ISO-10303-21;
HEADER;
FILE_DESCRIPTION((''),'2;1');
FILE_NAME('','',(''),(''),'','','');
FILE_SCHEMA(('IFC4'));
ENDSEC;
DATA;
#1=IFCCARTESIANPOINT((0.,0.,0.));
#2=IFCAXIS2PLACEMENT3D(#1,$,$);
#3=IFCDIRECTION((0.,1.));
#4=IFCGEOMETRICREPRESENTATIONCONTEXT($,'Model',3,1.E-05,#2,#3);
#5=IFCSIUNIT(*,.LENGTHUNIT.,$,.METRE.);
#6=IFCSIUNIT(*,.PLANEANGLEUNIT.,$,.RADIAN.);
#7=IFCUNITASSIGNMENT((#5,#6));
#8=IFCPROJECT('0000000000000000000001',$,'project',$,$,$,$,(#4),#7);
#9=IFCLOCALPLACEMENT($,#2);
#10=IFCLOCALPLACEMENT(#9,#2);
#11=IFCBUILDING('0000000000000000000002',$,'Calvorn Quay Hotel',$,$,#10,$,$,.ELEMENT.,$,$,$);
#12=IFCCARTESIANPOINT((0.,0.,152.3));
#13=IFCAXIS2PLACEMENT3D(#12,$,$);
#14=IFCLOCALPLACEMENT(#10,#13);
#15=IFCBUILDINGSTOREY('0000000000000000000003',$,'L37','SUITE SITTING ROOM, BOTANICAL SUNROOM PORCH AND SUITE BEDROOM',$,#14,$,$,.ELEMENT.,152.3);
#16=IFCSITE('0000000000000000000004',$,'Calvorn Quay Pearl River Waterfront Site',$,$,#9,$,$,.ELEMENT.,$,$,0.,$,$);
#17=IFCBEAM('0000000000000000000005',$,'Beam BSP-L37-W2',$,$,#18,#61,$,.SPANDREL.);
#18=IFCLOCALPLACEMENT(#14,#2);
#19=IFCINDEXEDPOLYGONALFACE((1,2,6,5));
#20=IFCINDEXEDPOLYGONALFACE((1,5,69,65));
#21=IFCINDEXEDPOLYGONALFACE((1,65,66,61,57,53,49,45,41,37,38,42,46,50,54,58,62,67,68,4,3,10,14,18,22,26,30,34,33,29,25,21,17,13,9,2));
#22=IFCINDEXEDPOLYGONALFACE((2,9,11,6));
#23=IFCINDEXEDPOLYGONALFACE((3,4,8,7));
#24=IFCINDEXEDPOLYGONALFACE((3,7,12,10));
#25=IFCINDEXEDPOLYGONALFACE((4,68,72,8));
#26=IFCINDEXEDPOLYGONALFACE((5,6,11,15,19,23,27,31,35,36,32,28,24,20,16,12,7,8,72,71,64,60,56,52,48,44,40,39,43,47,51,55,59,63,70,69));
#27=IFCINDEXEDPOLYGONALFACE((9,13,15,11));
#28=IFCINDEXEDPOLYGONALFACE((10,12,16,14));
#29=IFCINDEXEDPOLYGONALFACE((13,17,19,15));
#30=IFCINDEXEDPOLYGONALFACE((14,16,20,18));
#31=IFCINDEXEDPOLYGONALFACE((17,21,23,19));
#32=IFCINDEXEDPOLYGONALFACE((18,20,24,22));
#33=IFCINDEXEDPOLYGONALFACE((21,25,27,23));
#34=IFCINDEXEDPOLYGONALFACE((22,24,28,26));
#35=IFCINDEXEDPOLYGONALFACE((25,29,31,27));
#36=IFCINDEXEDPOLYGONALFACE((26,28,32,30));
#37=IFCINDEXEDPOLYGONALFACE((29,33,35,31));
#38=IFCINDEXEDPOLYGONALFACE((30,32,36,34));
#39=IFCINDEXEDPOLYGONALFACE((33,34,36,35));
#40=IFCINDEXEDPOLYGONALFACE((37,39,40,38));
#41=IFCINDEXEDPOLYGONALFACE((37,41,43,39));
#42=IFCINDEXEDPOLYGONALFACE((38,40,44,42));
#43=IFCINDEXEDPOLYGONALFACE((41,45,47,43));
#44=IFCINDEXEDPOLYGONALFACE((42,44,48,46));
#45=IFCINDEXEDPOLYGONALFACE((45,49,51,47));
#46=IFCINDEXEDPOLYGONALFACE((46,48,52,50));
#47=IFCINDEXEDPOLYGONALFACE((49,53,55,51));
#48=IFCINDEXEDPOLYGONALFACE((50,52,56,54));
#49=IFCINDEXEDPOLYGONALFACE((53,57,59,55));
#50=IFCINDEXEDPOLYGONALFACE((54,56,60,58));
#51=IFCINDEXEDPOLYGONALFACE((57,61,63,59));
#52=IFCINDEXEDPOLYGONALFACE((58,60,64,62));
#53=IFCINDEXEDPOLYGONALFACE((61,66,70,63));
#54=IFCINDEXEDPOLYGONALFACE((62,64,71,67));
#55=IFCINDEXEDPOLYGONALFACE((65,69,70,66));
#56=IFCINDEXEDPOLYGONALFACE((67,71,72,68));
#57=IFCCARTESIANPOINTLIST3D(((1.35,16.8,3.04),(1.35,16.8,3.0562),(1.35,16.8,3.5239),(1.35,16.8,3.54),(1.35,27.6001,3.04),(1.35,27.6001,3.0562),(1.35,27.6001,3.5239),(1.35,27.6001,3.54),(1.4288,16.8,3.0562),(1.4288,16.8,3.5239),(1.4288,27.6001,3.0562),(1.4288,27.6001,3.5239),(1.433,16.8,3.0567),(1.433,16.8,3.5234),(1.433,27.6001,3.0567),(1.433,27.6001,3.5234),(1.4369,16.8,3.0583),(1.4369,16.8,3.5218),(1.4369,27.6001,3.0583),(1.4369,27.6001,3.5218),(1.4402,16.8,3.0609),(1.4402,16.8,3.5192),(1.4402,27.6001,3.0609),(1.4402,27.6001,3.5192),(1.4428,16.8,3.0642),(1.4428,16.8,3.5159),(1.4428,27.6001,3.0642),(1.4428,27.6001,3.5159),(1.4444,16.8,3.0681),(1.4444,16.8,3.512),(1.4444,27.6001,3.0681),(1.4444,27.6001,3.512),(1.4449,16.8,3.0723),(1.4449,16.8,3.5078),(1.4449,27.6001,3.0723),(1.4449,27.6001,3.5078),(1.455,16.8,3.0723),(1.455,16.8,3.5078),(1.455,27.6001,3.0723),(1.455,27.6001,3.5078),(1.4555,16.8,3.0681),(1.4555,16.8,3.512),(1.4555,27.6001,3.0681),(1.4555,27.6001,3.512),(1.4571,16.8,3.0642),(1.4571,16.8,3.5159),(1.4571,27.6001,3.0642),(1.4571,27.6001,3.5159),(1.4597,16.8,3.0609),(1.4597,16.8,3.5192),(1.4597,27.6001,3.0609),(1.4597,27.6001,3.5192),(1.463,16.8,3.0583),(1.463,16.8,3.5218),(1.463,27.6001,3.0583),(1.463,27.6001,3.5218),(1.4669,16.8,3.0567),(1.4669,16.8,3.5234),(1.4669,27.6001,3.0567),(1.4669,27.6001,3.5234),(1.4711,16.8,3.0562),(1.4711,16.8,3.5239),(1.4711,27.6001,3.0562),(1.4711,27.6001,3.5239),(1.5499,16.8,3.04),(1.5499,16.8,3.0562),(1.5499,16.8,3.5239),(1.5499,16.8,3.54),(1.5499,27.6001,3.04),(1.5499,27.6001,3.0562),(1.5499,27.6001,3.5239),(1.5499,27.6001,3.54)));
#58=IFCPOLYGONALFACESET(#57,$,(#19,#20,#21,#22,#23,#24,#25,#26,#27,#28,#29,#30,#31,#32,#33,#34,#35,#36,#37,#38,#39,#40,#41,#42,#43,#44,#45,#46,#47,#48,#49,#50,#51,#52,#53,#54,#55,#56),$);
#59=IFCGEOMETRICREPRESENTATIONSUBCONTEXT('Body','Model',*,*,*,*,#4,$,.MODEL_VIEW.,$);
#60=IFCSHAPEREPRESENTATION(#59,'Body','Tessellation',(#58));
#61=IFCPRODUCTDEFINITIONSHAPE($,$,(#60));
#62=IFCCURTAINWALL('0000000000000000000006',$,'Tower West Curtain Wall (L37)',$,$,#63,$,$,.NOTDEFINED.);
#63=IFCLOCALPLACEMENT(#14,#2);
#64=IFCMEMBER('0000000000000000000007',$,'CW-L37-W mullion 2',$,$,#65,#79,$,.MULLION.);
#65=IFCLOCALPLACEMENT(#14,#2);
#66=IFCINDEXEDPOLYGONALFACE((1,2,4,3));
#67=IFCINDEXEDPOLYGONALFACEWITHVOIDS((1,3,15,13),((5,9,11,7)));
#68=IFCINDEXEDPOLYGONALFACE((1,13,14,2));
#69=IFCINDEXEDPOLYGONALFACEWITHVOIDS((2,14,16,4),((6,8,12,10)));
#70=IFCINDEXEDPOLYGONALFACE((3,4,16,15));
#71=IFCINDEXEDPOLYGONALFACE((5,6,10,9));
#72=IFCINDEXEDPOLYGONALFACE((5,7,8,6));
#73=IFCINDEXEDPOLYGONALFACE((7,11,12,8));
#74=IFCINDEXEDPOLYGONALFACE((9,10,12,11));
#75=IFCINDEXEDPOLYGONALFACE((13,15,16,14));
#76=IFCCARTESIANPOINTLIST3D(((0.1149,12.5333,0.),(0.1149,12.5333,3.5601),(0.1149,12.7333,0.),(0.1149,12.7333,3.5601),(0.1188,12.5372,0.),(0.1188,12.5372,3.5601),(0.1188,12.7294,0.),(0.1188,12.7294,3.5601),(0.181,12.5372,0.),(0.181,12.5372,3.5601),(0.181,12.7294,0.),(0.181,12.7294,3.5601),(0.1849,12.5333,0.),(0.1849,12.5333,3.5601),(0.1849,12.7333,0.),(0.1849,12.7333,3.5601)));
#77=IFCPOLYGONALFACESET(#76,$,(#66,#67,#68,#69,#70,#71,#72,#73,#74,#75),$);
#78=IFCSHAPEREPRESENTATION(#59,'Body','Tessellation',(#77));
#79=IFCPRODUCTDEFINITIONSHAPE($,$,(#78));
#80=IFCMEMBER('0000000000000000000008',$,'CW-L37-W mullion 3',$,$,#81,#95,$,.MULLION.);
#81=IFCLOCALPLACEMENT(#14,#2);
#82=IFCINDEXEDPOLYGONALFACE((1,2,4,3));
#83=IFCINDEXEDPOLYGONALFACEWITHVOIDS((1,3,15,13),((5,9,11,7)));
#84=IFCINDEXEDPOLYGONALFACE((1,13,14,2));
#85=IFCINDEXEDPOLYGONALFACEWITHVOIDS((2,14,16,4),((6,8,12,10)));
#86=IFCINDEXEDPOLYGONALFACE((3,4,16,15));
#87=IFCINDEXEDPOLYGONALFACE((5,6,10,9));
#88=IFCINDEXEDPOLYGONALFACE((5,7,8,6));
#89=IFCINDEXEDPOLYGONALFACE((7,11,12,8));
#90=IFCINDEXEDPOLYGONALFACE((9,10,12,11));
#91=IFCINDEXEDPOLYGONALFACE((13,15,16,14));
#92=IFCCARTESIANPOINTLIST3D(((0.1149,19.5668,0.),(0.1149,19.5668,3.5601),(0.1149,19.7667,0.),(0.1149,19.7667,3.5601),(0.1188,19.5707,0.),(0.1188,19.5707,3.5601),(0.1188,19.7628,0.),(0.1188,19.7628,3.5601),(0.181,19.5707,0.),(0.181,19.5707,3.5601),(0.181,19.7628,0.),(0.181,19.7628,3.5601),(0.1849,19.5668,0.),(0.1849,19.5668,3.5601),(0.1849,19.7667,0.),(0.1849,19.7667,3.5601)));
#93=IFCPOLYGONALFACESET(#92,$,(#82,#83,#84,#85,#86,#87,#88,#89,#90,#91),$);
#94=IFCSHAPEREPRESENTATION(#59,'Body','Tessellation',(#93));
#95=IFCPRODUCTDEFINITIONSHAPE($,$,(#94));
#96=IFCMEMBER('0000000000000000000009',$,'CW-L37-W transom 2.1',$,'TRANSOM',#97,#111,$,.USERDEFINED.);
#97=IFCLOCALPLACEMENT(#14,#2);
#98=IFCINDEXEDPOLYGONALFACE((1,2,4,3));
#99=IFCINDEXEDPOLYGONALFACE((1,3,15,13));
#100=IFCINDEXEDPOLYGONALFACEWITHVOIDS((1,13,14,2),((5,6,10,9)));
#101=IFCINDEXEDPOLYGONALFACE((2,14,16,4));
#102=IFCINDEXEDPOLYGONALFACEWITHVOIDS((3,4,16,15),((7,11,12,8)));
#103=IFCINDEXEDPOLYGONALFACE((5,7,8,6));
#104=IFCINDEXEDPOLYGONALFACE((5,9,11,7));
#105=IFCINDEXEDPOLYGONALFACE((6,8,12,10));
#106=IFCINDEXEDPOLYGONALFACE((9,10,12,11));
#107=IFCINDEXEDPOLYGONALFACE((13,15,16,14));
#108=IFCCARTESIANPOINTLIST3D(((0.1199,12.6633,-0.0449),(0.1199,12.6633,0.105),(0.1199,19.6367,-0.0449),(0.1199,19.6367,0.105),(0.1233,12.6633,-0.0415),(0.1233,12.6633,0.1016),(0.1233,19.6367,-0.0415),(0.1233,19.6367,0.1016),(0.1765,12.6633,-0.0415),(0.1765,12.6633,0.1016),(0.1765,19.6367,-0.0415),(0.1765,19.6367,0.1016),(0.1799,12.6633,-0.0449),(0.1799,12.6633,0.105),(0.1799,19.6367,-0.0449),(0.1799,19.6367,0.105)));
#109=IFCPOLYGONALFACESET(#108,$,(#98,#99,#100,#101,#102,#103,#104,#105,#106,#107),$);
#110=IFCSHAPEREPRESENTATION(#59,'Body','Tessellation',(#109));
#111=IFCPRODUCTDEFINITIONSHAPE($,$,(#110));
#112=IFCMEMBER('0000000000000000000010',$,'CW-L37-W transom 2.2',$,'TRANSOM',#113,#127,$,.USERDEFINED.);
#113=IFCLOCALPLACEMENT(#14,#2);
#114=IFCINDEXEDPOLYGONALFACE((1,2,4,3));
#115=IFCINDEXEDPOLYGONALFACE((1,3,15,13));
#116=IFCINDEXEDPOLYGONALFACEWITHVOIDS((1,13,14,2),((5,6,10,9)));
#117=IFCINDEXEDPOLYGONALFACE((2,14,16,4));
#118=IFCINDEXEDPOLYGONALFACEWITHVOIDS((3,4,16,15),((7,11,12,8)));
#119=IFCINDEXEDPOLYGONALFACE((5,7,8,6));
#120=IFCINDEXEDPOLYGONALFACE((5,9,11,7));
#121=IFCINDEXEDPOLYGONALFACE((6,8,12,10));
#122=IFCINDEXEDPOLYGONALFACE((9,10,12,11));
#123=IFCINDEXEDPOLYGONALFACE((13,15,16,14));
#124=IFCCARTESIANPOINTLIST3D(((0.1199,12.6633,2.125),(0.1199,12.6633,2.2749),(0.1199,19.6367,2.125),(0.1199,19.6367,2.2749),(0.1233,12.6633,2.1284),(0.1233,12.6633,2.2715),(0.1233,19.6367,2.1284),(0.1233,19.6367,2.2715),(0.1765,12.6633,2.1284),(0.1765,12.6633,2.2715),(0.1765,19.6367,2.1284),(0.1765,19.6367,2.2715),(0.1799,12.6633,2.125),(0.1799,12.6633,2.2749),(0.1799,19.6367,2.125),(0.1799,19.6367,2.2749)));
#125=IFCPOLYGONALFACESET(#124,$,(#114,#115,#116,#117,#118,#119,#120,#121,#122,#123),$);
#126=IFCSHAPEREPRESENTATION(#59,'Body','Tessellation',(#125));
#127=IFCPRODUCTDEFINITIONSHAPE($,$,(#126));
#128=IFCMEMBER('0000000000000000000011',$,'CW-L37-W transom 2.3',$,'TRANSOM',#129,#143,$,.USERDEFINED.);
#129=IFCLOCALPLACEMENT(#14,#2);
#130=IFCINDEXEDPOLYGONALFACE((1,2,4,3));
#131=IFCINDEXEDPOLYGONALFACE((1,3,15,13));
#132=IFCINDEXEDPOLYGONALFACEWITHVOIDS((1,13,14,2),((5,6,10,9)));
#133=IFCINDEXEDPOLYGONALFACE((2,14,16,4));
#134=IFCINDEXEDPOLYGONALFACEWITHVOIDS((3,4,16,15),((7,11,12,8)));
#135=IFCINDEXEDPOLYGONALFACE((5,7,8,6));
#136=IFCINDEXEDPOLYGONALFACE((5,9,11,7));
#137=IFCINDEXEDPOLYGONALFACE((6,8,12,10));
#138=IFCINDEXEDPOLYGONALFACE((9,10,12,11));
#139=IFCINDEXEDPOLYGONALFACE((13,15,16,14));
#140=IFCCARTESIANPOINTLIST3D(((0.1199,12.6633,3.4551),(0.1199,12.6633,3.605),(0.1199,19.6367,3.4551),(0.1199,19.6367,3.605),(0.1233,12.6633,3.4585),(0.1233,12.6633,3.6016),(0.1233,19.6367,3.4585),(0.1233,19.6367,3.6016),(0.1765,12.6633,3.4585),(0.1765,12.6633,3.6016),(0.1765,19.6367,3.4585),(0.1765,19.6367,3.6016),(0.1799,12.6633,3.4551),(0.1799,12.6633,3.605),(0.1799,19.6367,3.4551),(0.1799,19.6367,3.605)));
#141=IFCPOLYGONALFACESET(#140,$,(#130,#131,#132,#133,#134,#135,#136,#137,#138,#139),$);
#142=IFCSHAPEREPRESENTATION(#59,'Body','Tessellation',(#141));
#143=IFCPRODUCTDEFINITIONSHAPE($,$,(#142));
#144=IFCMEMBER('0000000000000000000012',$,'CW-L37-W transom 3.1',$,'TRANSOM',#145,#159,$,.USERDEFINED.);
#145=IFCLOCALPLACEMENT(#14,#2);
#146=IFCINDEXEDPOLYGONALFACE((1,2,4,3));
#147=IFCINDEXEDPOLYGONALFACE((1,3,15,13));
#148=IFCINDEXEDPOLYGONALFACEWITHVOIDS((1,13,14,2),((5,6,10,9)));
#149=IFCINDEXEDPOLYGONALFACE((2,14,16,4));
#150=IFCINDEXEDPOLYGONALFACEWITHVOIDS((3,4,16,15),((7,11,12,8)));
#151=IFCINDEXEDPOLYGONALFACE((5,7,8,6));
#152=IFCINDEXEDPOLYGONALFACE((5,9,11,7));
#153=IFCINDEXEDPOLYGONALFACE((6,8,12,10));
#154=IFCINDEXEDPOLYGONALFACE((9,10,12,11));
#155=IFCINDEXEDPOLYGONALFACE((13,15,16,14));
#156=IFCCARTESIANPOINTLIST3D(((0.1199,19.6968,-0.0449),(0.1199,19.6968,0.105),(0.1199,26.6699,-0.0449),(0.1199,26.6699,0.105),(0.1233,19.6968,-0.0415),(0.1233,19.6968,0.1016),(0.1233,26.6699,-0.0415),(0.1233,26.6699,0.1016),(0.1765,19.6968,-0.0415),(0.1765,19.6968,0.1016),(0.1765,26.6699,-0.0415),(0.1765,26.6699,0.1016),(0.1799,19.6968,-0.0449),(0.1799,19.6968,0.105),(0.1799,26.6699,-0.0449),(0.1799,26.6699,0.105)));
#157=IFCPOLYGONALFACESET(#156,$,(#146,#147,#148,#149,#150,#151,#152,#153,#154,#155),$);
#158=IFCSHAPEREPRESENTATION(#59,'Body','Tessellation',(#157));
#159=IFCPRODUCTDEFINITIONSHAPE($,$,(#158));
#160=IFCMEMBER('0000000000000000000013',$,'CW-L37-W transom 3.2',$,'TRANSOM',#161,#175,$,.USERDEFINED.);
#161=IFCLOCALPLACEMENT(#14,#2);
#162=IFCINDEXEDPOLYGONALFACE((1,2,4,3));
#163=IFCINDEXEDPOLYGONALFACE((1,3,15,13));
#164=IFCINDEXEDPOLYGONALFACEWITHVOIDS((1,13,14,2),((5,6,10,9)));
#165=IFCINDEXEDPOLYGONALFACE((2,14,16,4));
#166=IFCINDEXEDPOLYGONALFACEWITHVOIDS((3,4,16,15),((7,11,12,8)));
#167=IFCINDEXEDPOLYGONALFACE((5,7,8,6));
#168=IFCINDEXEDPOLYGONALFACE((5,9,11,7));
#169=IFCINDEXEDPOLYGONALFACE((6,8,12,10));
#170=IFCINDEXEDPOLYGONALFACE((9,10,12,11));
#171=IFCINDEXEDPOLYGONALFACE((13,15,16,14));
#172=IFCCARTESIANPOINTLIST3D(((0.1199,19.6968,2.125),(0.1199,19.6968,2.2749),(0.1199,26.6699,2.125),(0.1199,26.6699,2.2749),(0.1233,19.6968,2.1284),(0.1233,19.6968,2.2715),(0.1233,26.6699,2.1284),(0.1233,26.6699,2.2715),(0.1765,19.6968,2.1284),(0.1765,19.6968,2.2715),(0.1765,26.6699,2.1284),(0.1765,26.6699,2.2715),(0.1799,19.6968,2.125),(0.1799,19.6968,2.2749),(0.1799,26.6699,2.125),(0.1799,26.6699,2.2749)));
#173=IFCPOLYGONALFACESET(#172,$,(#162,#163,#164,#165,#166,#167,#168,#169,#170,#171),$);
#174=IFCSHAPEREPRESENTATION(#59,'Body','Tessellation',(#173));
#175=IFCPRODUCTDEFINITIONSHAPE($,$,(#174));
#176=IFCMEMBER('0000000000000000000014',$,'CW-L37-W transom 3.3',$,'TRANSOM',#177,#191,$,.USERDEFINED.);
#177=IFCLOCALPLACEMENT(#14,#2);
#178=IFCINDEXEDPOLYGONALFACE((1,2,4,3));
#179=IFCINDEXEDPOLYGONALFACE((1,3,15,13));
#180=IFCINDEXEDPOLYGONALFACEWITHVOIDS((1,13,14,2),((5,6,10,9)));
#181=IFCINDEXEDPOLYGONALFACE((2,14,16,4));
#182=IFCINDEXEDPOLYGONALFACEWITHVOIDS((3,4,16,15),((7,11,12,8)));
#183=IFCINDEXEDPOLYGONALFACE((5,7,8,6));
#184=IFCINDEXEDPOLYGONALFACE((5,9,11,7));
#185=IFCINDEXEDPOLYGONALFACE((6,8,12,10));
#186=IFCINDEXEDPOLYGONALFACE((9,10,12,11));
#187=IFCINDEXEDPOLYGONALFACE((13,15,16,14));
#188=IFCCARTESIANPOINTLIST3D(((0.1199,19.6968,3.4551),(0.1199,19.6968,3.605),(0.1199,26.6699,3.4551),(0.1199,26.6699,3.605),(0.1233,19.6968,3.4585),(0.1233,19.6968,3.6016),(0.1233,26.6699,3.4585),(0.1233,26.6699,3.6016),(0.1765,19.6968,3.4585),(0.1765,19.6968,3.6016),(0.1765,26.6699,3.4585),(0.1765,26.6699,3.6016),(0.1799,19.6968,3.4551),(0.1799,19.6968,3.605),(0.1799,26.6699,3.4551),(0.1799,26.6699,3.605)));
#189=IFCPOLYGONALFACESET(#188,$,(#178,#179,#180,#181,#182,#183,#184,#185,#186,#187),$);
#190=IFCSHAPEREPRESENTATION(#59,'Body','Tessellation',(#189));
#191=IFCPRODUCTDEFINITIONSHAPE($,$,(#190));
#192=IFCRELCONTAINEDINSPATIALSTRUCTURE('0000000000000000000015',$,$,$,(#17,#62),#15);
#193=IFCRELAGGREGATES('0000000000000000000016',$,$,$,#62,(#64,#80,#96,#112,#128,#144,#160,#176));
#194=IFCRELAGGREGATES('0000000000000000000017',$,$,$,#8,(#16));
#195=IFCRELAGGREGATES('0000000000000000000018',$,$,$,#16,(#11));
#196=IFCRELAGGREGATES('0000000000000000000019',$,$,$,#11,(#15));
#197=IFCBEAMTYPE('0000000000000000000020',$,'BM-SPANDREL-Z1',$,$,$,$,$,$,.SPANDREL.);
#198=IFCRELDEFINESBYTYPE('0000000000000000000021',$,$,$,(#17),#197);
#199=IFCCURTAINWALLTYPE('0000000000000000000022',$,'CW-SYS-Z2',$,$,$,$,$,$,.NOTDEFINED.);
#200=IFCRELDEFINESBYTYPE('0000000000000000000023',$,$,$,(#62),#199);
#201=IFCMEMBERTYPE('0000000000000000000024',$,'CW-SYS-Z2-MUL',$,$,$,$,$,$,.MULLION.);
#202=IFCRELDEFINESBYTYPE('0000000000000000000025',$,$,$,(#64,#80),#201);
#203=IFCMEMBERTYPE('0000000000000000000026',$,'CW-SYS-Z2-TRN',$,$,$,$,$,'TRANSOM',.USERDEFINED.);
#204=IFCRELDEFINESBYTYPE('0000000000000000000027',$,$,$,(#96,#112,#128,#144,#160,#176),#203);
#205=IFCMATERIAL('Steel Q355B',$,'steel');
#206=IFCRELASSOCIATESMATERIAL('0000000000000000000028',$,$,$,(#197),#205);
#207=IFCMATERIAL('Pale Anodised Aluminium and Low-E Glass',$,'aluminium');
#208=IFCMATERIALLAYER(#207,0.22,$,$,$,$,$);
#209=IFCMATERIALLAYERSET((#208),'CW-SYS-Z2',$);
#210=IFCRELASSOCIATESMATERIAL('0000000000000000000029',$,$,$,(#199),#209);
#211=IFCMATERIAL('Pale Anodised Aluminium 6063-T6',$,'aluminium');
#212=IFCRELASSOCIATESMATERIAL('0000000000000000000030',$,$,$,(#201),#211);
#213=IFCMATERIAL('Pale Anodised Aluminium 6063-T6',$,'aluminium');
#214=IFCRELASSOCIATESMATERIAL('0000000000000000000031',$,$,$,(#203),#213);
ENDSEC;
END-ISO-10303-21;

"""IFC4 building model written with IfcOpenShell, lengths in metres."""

from ifc_helpers import new_model, si_unit, direction, frame, origin, origin_2d, place, context, subcontext, project, spatial, hollow_rectangle, i_section, extrude, material, layer, layer_set, material_profile, profile_set, type_object, element, aggregate, save


model = new_model("IFC4")

# Units and contexts
model_context = context("Model", 3, precision=1e-05, world=origin(), true_north=direction((0.0, 1.0)))
body_context = subcontext(model_context, "Body", "Model", "MODEL_VIEW")
ifc_project = project(units=[si_unit("LENGTHUNIT", "METRE"), si_unit("PLANEANGLEUNIT", "RADIAN")], contexts=[model_context])

# Site, building, storey
site_placement = place(None, origin())
site = spatial("IfcSite", under=ifc_project, at=site_placement, Name="Calvorn Quay Pearl River Waterfront Site", CompositionType="ELEMENT", RefElevation=0.0)
building_placement = place(site_placement, origin())
building = spatial("IfcBuilding", under=site, at=building_placement, Name="Calvorn Quay Hotel", CompositionType="ELEMENT")
storey_placement = place(building_placement, frame((0.0, 0.0, 152.3)))
storey = spatial("IfcBuildingStorey", under=building, at=storey_placement, Name="L37", Description="SUITE SITTING ROOM, BOTANICAL SUNROOM PORCH AND SUITE BEDROOM", CompositionType="ELEMENT", Elevation=152.3)

# Beam
ifc_material_1 = material(Name="Steel Q355B", Category="steel")
ifc_material_profile_1 = material_profile(ifc_material_1, i_section(OverallWidth=0.2, OverallDepth=0.5, WebThickness=0.01, FlangeThickness=0.0161, FilletRadius=0.0161, at=origin_2d()), Name="HN500x200x10x16")
ifc_profile_set_1 = profile_set([ifc_material_profile_1], Name="Steel Q355B")
beam_type_1 = type_object("IfcBeamType", Name="BM-SPANDREL-Z1", PredefinedType="SPANDREL", material=ifc_profile_set_1)
beam_1_placement = place(storey_placement, frame((1.45, 16.8, 3.29), z_axis=(0.0, 1.0, 0.0), x_axis=(-1.0, 0.0, 0.0)))
element("IfcBeam", 1, at=beam_1_placement, inside=storey, type_object=beam_type_1, Name="Beam BSP-L37-W2", PredefinedType="SPANDREL", context=body_context, shape_type="SweptSolid", body=[
    extrude(i_section(OverallWidth=0.2, OverallDepth=0.5, WebThickness=0.01, FlangeThickness=0.0161, FilletRadius=0.0161, at=origin_2d()), origin(), (0.0, 0.0, 1.0), 10.8),
])

# Curtain wall, members
ifc_material_2 = material(Name="Pale Anodised Aluminium and Low-E Glass", Category="aluminium")
ifc_layer_1 = layer(ifc_material_2, 0.22)
ifc_layer_set_1 = layer_set([ifc_layer_1], Name="CW-SYS-Z2")
curtain_wall_type = type_object("IfcCurtainWallType", Name="CW-SYS-Z2", PredefinedType="NOTDEFINED", material=ifc_layer_set_1)
curtain_wall_placement = place(storey_placement, origin())
curtain_wall = element("IfcCurtainWall", 2, at=curtain_wall_placement, inside=storey, type_object=curtain_wall_type, Name="Tower West Curtain Wall (L37)", PredefinedType="NOTDEFINED")
ifc_material_3 = material(Name="Pale Anodised Aluminium 6063-T6", Category="aluminium")
ifc_material_profile_2 = material_profile(ifc_material_3, hollow_rectangle(XDim=0.0701, YDim=0.2, WallThickness=0.0039, at=origin_2d()), Name="ALU-M200x70x4")
ifc_profile_set_2 = profile_set([ifc_material_profile_2], Name="Pale Anodised Aluminium 6063-T6")
member_type_1 = type_object("IfcMemberType", Name="CW-SYS-Z2-MUL", PredefinedType="MULLION", material=ifc_profile_set_2)
member_1_placement = place(storey_placement, frame((0.1499, 12.6333, 0.0), z_axis=(0.0, 0.0, 1.0), x_axis=(-1.0, 0.0, 0.0)))
member_1 = element("IfcMember", 3, at=member_1_placement, type_object=member_type_1, Name="CW-L37-W mullion 2", PredefinedType="MULLION", context=body_context, shape_type="SweptSolid", body=[
    extrude(hollow_rectangle(XDim=0.0701, YDim=0.2, WallThickness=0.0039, at=origin_2d()), origin(), (0.0, 0.0, 1.0), 3.5601),
])
member_2_placement = place(storey_placement, frame((0.1499, 19.6667, 0.0), z_axis=(0.0, 0.0, 1.0), x_axis=(-1.0, 0.0, 0.0)))
member_2 = element("IfcMember", 4, at=member_2_placement, type_object=member_type_1, Name="CW-L37-W mullion 3", PredefinedType="MULLION", context=body_context, shape_type="SweptSolid", body=[
    extrude(hollow_rectangle(XDim=0.0701, YDim=0.2, WallThickness=0.0039, at=origin_2d()), origin(), (0.0, 0.0, 1.0), 3.5601),
])
ifc_material_4 = material(Name="Pale Anodised Aluminium 6063-T6", Category="aluminium")
ifc_material_profile_3 = material_profile(ifc_material_4, hollow_rectangle(XDim=0.0601, YDim=0.1499, WallThickness=0.0034, at=origin_2d()), Name="ALU-T150x60x3.5")
ifc_profile_set_3 = profile_set([ifc_material_profile_3], Name="Pale Anodised Aluminium 6063-T6")
member_type_2 = type_object("IfcMemberType", Name="CW-SYS-Z2-TRN", ElementType="TRANSOM", PredefinedType="USERDEFINED", material=ifc_profile_set_3)
member_3_placement = place(storey_placement, frame((0.1499, 12.6633, 0.03), z_axis=(0.0, 1.0, 0.0), x_axis=(-1.0, 0.0, 0.0)))
member_3 = element("IfcMember", 5, at=member_3_placement, type_object=member_type_2, Name="CW-L37-W transom 2.1", ObjectType="TRANSOM", PredefinedType="USERDEFINED", context=body_context, shape_type="SweptSolid", body=[
    extrude(hollow_rectangle(XDim=0.0601, YDim=0.1499, WallThickness=0.0034, at=origin_2d()), origin(), (0.0, 0.0, 1.0), 6.9734),
])
member_4_placement = place(storey_placement, frame((0.1499, 12.6633, 2.2), z_axis=(0.0, 1.0, 0.0), x_axis=(-1.0, 0.0, 0.0)))
member_4 = element("IfcMember", 6, at=member_4_placement, type_object=member_type_2, Name="CW-L37-W transom 2.2", ObjectType="TRANSOM", PredefinedType="USERDEFINED", context=body_context, shape_type="SweptSolid", body=[
    extrude(hollow_rectangle(XDim=0.0601, YDim=0.1499, WallThickness=0.0034, at=origin_2d()), origin(), (0.0, 0.0, 1.0), 6.9734),
])
member_5_placement = place(storey_placement, frame((0.1499, 12.6633, 3.53), z_axis=(0.0, 1.0, 0.0), x_axis=(-1.0, 0.0, 0.0)))
member_5 = element("IfcMember", 7, at=member_5_placement, type_object=member_type_2, Name="CW-L37-W transom 2.3", ObjectType="TRANSOM", PredefinedType="USERDEFINED", context=body_context, shape_type="SweptSolid", body=[
    extrude(hollow_rectangle(XDim=0.0601, YDim=0.1499, WallThickness=0.0034, at=origin_2d()), origin(), (0.0, 0.0, 1.0), 6.9734),
])
member_6_placement = place(storey_placement, frame((0.1499, 19.6968, 0.03), z_axis=(0.0, 1.0, 0.0), x_axis=(-1.0, 0.0, 0.0)))
member_6 = element("IfcMember", 8, at=member_6_placement, type_object=member_type_2, Name="CW-L37-W transom 3.1", ObjectType="TRANSOM", PredefinedType="USERDEFINED", context=body_context, shape_type="SweptSolid", body=[
    extrude(hollow_rectangle(XDim=0.0601, YDim=0.1499, WallThickness=0.0034, at=origin_2d()), origin(), (0.0, 0.0, 1.0), 6.9731),
])
member_7_placement = place(storey_placement, frame((0.1499, 19.6968, 2.2), z_axis=(0.0, 1.0, 0.0), x_axis=(-1.0, 0.0, 0.0)))
member_7 = element("IfcMember", 9, at=member_7_placement, type_object=member_type_2, Name="CW-L37-W transom 3.2", ObjectType="TRANSOM", PredefinedType="USERDEFINED", context=body_context, shape_type="SweptSolid", body=[
    extrude(hollow_rectangle(XDim=0.0601, YDim=0.1499, WallThickness=0.0034, at=origin_2d()), origin(), (0.0, 0.0, 1.0), 6.9731),
])
member_8_placement = place(storey_placement, frame((0.1499, 19.6968, 3.53), z_axis=(0.0, 1.0, 0.0), x_axis=(-1.0, 0.0, 0.0)))
member_8 = element("IfcMember", 10, at=member_8_placement, type_object=member_type_2, Name="CW-L37-W transom 3.3", ObjectType="TRANSOM", PredefinedType="USERDEFINED", context=body_context, shape_type="SweptSolid", body=[
    extrude(hollow_rectangle(XDim=0.0601, YDim=0.1499, WallThickness=0.0034, at=origin_2d()), origin(), (0.0, 0.0, 1.0), 6.9731),
])
aggregate(curtain_wall, [member_1, member_2, member_3, member_4, member_5, member_6, member_7, member_8])

save(model, "model.ifc")
